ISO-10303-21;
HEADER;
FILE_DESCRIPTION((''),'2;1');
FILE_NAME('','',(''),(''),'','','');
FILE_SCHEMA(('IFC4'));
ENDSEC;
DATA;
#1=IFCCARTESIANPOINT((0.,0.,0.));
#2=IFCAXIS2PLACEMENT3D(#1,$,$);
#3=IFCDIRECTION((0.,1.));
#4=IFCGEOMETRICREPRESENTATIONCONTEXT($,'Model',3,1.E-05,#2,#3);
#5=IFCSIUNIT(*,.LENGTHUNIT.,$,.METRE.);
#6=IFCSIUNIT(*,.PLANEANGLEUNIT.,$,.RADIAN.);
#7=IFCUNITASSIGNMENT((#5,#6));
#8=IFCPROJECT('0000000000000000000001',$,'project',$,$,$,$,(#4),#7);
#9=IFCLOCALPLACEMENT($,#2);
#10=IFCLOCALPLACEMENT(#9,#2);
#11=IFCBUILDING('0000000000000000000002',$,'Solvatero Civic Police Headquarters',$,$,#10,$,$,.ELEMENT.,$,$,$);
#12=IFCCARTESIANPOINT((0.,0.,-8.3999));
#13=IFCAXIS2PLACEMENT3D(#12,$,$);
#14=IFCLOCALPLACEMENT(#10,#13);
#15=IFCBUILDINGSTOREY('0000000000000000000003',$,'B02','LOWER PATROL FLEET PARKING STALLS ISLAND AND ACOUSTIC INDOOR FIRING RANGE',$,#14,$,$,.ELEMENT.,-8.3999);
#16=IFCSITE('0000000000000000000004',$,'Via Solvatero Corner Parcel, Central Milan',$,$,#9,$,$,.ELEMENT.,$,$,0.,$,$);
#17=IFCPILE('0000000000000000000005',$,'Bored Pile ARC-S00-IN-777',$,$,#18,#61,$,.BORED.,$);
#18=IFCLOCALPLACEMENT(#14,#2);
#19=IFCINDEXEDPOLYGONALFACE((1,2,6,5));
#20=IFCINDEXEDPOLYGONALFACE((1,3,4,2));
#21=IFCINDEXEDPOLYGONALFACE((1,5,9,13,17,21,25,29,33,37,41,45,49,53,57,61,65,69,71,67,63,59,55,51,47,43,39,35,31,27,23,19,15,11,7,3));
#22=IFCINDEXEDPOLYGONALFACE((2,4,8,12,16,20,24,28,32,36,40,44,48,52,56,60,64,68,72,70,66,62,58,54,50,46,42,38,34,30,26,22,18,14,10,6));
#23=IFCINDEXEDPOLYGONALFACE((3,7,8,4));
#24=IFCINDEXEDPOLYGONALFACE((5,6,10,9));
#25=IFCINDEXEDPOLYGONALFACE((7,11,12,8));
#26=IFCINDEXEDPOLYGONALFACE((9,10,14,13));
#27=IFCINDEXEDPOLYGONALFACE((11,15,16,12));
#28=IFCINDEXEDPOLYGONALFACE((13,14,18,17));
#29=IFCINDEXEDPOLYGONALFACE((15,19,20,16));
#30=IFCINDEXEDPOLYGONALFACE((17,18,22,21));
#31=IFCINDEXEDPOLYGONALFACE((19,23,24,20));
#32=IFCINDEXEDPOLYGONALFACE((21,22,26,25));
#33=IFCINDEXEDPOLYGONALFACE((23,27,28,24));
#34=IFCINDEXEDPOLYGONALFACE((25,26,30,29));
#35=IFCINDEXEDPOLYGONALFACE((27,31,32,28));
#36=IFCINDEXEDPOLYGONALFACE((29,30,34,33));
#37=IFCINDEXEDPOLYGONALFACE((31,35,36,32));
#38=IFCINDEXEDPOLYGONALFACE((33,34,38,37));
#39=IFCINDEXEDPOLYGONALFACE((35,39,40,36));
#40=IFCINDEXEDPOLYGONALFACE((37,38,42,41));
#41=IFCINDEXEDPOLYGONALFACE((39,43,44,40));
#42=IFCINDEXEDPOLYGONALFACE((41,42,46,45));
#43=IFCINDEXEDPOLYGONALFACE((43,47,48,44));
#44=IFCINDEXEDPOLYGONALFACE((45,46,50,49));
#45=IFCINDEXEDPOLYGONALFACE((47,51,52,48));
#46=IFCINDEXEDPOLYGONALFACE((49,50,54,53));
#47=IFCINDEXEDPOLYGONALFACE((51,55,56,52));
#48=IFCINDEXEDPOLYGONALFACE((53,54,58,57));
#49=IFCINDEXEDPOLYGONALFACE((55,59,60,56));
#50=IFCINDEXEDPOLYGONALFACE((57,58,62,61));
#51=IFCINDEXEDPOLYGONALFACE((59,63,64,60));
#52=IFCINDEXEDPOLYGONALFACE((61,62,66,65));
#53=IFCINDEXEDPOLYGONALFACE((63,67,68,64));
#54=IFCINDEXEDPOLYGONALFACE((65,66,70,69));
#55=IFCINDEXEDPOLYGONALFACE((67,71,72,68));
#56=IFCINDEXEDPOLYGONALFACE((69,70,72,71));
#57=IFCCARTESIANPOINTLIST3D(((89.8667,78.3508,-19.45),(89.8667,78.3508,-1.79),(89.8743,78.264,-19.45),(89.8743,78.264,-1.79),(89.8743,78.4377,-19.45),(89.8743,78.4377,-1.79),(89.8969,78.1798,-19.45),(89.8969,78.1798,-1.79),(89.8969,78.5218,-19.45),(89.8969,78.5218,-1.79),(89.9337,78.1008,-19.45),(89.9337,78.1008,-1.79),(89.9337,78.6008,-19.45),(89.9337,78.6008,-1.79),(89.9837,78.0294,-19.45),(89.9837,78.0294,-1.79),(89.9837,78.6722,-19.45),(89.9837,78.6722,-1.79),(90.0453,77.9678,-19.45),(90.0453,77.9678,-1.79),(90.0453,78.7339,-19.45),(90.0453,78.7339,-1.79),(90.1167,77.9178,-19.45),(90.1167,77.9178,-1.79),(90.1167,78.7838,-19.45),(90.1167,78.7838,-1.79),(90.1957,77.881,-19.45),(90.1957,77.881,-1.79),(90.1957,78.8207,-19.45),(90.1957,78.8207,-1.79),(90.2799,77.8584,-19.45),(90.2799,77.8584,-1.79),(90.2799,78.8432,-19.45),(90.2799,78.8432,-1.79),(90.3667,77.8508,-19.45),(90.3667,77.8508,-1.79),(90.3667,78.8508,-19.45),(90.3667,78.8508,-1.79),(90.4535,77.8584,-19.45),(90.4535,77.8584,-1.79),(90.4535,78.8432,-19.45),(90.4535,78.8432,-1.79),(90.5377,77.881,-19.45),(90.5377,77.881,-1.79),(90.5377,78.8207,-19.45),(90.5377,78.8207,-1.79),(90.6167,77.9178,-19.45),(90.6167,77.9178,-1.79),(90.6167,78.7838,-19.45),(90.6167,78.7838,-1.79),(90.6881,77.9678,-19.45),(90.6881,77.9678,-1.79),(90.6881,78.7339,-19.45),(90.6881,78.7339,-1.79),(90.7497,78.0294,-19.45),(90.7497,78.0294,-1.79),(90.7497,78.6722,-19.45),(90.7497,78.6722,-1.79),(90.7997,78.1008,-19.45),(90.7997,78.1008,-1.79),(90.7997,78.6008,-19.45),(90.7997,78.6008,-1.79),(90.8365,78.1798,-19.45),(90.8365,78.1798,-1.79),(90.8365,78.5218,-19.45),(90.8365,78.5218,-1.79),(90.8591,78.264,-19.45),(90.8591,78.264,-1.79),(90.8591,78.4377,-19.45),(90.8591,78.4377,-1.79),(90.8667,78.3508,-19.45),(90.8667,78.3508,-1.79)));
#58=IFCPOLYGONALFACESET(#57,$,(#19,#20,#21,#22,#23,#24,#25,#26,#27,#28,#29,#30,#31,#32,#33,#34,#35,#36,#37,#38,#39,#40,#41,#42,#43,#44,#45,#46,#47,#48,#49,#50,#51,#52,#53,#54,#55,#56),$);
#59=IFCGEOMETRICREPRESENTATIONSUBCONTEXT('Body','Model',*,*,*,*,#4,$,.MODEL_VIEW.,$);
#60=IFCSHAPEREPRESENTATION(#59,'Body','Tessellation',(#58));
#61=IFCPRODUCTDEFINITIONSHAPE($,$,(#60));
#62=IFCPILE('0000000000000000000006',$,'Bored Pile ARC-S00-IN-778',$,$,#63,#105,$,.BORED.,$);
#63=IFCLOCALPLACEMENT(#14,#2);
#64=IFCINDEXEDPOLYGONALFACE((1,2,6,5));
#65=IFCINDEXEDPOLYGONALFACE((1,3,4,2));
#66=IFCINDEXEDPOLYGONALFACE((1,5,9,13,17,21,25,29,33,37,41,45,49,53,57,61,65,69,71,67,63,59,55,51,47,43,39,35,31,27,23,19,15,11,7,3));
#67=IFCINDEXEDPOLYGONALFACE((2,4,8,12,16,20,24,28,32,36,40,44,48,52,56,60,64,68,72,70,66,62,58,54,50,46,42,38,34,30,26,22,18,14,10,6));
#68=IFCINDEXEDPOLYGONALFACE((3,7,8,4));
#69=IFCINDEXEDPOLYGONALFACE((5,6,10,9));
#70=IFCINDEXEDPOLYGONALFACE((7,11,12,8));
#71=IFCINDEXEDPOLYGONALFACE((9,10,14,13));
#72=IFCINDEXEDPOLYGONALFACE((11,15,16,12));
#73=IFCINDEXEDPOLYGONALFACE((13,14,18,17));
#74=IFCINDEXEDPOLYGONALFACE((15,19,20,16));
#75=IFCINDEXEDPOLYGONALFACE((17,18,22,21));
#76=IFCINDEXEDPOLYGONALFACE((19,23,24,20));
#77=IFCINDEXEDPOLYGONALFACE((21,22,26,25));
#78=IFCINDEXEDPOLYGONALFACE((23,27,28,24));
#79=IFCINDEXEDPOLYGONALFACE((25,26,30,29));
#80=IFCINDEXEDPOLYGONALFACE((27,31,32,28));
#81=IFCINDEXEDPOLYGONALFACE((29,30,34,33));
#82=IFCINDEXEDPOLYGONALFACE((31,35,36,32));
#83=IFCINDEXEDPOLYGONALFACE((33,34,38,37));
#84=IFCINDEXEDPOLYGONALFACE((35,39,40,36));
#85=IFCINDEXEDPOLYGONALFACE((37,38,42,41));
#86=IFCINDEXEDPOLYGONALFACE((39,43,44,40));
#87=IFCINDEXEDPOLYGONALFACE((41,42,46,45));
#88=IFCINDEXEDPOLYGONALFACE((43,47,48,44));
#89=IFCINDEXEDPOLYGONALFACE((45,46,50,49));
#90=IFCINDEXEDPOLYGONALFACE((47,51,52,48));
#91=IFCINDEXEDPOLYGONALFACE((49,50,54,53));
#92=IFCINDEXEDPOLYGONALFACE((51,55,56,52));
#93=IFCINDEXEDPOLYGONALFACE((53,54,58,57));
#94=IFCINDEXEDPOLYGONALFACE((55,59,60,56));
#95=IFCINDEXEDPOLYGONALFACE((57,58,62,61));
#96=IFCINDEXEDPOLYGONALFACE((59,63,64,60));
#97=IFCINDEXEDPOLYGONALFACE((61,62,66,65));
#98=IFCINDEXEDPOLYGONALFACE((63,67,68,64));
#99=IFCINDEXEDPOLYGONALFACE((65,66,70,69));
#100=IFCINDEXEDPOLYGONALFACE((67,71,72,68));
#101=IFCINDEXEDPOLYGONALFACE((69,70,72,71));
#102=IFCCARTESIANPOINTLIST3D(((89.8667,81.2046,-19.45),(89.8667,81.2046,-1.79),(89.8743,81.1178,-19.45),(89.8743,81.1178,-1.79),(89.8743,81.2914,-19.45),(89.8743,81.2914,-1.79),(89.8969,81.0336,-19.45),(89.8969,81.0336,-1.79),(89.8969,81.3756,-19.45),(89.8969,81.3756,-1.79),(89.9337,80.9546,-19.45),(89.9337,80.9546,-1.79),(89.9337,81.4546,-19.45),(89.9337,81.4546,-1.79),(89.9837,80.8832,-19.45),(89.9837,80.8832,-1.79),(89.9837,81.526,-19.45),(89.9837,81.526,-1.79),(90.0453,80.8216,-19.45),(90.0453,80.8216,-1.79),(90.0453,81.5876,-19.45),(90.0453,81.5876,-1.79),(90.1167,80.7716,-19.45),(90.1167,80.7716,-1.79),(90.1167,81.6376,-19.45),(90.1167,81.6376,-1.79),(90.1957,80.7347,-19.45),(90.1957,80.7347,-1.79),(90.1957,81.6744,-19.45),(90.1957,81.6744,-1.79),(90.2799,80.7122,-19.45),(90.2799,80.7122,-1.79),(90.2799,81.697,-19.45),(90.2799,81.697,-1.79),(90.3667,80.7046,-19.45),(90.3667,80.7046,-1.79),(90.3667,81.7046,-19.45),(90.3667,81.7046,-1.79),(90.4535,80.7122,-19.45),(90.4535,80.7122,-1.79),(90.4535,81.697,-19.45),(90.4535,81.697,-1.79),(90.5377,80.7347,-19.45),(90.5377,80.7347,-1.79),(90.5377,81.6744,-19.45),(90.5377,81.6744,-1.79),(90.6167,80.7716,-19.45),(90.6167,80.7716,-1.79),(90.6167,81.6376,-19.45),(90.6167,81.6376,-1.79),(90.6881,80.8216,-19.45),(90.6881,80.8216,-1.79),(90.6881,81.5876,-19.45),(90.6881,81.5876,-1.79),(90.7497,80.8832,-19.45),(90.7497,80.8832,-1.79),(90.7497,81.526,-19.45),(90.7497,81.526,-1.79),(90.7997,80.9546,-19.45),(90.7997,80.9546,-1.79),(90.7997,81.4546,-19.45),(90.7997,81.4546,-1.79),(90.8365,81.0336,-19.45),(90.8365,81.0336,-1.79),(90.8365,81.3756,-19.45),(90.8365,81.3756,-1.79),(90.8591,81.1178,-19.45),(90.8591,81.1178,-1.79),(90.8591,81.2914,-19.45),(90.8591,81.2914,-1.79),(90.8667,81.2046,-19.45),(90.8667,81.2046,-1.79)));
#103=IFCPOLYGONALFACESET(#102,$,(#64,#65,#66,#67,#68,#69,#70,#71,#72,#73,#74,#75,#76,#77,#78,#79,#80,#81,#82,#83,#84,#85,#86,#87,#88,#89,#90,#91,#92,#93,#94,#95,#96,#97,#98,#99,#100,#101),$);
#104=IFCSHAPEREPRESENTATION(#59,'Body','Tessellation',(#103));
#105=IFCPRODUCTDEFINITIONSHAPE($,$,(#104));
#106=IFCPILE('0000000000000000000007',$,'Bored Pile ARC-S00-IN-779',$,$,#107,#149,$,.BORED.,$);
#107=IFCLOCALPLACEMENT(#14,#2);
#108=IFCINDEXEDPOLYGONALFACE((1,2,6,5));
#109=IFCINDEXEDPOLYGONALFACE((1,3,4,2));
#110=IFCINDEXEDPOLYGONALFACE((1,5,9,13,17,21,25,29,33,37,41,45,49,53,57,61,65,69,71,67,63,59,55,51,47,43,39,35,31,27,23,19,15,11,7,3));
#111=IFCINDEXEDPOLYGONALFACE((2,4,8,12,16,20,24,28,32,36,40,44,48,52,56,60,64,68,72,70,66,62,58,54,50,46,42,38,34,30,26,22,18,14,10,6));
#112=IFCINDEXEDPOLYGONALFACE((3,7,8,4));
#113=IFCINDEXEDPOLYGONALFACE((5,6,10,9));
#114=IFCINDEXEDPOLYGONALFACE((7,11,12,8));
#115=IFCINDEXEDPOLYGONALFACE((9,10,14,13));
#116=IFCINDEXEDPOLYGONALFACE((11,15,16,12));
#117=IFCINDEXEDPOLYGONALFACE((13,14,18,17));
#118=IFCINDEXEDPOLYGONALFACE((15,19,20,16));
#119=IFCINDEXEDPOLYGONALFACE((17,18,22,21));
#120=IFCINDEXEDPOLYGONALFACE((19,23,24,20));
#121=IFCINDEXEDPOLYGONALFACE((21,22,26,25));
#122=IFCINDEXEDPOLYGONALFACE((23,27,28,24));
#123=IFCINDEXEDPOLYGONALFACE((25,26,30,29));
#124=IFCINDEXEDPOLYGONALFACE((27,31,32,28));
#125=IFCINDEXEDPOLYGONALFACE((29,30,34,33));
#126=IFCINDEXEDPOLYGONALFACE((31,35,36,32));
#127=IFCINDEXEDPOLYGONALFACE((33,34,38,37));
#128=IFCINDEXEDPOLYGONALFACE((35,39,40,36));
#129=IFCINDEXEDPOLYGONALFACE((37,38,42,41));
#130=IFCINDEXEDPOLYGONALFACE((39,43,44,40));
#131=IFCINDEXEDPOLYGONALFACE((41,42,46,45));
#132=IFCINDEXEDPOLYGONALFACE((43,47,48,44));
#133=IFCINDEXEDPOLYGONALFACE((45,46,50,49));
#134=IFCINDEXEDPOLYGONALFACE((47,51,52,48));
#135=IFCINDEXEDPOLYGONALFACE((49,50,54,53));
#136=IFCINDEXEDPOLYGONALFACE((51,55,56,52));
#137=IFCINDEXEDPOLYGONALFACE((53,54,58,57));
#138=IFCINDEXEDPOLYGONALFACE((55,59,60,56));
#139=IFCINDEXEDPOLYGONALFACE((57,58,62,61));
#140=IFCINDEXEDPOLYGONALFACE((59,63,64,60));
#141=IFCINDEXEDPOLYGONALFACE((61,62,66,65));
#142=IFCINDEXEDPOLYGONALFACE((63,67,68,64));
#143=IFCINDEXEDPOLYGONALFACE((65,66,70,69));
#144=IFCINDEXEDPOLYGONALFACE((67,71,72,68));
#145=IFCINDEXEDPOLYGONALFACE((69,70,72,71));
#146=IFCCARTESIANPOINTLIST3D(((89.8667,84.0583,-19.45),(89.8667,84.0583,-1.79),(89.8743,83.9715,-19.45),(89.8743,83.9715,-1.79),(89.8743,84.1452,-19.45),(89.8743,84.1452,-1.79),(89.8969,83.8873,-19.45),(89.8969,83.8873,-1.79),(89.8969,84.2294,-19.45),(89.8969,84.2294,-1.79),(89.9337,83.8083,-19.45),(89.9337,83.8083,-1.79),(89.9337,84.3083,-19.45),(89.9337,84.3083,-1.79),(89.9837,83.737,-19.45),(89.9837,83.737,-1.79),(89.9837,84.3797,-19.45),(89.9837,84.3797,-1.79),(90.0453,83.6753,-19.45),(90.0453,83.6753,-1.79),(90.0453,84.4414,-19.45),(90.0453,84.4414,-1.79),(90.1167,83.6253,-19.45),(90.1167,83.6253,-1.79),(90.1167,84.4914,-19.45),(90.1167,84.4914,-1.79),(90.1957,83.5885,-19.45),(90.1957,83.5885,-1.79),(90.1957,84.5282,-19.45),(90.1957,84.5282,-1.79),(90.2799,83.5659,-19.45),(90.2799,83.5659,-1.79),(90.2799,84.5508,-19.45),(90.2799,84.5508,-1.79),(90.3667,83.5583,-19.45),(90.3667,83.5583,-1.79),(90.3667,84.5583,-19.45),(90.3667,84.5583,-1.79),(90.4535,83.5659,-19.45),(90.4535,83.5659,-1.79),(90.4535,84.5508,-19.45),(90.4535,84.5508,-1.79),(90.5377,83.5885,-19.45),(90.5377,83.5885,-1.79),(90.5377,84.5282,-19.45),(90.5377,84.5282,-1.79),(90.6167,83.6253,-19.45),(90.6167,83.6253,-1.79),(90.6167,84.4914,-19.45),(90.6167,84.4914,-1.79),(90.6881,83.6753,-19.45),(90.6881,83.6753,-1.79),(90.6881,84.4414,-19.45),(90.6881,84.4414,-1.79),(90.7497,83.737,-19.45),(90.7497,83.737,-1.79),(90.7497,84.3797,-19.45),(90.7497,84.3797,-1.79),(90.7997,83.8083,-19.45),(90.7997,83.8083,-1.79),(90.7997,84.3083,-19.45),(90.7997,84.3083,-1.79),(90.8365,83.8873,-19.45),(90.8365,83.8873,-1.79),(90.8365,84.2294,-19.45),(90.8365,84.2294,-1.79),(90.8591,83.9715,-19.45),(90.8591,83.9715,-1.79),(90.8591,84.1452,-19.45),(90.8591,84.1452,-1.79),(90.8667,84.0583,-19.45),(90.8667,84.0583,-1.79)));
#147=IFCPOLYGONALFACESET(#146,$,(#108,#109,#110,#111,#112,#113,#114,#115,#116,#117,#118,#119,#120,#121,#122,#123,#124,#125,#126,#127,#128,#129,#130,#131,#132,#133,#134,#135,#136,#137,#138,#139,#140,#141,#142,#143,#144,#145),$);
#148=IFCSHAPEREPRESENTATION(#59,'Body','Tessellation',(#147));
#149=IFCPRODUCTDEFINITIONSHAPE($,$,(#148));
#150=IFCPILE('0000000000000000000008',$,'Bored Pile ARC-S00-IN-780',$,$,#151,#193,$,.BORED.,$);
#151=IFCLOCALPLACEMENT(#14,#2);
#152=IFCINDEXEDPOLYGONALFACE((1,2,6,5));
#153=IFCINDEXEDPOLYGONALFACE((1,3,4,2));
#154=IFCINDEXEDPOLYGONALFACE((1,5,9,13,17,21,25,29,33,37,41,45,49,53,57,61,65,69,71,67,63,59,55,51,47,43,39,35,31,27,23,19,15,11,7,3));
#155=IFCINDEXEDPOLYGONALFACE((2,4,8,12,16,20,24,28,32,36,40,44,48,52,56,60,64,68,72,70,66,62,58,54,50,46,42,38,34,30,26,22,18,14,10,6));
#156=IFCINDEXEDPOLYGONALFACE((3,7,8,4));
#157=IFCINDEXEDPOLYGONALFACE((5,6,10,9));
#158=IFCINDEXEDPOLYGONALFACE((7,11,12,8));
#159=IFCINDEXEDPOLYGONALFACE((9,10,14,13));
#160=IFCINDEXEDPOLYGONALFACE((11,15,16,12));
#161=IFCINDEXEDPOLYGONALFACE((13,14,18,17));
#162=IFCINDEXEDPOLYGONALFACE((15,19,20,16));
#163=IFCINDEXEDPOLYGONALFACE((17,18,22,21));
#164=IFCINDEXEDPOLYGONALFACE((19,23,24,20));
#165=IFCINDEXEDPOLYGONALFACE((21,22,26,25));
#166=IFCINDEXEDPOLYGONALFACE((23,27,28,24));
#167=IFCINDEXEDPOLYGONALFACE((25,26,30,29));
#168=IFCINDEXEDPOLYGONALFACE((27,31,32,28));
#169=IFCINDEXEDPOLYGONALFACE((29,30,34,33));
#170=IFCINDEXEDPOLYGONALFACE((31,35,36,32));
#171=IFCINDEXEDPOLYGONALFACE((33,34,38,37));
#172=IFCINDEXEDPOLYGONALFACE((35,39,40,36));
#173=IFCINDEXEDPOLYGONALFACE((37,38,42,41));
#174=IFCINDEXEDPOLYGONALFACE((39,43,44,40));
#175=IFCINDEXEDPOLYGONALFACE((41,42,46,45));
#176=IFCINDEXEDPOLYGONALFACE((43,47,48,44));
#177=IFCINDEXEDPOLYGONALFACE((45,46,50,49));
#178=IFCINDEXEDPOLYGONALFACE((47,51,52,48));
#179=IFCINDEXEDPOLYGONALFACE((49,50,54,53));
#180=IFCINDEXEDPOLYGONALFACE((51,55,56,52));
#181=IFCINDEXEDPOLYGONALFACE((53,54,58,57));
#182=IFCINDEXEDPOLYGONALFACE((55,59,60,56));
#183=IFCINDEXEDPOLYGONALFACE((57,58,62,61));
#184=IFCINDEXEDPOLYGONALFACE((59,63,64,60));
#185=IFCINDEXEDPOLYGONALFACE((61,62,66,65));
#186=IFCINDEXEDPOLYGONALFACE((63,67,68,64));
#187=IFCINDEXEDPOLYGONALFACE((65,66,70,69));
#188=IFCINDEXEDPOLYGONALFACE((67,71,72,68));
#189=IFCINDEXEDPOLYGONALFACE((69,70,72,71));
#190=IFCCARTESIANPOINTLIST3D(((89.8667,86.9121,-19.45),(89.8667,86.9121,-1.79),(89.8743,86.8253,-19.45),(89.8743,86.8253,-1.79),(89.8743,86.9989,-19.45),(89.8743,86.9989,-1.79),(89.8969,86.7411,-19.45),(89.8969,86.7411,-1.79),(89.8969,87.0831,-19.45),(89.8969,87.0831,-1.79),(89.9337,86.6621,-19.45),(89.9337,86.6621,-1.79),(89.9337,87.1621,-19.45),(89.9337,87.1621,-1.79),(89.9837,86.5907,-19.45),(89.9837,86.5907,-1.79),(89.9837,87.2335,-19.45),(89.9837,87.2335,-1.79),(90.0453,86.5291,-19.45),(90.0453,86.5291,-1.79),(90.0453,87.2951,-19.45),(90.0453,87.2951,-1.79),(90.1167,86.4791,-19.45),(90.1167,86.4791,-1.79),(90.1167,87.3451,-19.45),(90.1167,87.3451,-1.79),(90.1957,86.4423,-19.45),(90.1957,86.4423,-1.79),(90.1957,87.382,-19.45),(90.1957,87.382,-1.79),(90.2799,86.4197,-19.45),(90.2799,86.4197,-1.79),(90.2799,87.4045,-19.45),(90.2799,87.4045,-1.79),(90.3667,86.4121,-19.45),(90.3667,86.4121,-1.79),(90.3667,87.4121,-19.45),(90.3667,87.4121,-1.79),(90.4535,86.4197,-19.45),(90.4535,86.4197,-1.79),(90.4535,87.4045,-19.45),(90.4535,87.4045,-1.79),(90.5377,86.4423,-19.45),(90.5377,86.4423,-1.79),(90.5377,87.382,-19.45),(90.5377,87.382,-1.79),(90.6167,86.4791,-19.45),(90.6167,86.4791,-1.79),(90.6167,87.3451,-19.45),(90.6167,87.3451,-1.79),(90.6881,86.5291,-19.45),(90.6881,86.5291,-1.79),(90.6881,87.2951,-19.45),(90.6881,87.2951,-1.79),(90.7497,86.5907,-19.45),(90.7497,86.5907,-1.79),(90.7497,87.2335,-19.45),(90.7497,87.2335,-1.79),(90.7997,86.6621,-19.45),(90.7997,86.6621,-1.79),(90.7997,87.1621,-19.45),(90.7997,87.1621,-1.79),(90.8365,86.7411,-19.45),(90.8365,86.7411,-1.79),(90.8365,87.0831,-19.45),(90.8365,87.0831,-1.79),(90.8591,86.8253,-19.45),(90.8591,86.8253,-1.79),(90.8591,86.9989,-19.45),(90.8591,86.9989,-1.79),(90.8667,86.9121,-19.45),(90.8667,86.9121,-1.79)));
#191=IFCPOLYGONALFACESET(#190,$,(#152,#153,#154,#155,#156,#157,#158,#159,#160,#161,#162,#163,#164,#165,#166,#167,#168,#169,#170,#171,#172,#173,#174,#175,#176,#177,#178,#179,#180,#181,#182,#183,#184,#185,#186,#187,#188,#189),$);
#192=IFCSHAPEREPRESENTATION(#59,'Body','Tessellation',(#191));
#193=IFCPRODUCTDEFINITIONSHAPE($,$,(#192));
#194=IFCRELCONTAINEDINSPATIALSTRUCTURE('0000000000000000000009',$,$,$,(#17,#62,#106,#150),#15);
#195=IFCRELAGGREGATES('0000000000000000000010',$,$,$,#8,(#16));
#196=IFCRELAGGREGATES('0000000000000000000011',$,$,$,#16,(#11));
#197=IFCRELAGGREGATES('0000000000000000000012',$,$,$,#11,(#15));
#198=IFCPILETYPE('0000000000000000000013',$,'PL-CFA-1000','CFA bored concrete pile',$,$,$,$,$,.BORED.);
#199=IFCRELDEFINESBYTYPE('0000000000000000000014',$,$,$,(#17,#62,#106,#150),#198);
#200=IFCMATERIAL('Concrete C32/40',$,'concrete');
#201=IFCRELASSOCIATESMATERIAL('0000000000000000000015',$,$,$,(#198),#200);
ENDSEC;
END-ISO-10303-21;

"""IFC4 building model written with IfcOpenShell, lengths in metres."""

from ifc_helpers import new_model, si_unit, direction, frame, origin, origin_2d, place, context, subcontext, project, spatial, circle, extrude, material, material_profile, profile_set, type_object, element, save


model = new_model("IFC4")

# Units and contexts
model_context = context("Model", 3, precision=1e-05, world=origin(), true_north=direction((0.0, 1.0)))
body_context = subcontext(model_context, "Body", "Model", "MODEL_VIEW")
ifc_project = project(units=[si_unit("LENGTHUNIT", "METRE"), si_unit("PLANEANGLEUNIT", "RADIAN")], contexts=[model_context])

# Site, building, storey
site_placement = place(None, origin())
site = spatial("IfcSite", under=ifc_project, at=site_placement, Name="Via Solvatero Corner Parcel, Central Milan", CompositionType="ELEMENT", RefElevation=0.0)
building_placement = place(site_placement, origin())
building = spatial("IfcBuilding", under=site, at=building_placement, Name="Solvatero Civic Police Headquarters", CompositionType="ELEMENT")
storey_placement = place(building_placement, frame((0.0, 0.0, -8.3999)))
storey = spatial("IfcBuildingStorey", under=building, at=storey_placement, Name="B02", Description="LOWER PATROL FLEET PARKING STALLS ISLAND AND ACOUSTIC INDOOR FIRING RANGE", CompositionType="ELEMENT", Elevation=-8.3999)

# Piles
ifc_material_1 = material(Name="Concrete C32/40", Category="concrete")
ifc_material_profile_1 = material_profile(ifc_material_1, circle(Radius=0.5, at=origin_2d()), Name="CFA PILE D1000")
ifc_profile_set_1 = profile_set([ifc_material_profile_1], Name="Concrete C32/40")
pile_type = type_object("IfcPileType", Name="PL-CFA-1000", Description="CFA bored concrete pile", PredefinedType="BORED", material=ifc_profile_set_1)
for number, where, z_axis, x_axis, name in (
    (1, (90.3667, 78.3508, -1.79), (0.0, 0.0, -1.0), (1.0, 0.0, 0.0), "Bored Pile ARC-S00-IN-777"),
    (2, (90.3667, 81.2046, -1.79), (0.0, 0.0, -1.0), (1.0, 0.0, 0.0), "Bored Pile ARC-S00-IN-778"),
    (3, (90.3667, 84.0583, -1.79), (0.0, 0.0, -1.0), (1.0, 0.0, 0.0), "Bored Pile ARC-S00-IN-779"),
    (4, (90.3667, 86.9121, -1.79), (0.0, 0.0, -1.0), (1.0, 0.0, 0.0), "Bored Pile ARC-S00-IN-780"),
):
    element("IfcPile", number, at=place(storey_placement, frame(where, z_axis=z_axis, x_axis=x_axis)), inside=storey, type_object=pile_type, Name=name, PredefinedType="BORED", context=body_context, shape_type="SweptSolid", body=[
        extrude(circle(Radius=0.5, at=origin_2d()), origin(), (0.0, 0.0, 1.0), 17.6599),
    ])

save(model, "model.ifc")
